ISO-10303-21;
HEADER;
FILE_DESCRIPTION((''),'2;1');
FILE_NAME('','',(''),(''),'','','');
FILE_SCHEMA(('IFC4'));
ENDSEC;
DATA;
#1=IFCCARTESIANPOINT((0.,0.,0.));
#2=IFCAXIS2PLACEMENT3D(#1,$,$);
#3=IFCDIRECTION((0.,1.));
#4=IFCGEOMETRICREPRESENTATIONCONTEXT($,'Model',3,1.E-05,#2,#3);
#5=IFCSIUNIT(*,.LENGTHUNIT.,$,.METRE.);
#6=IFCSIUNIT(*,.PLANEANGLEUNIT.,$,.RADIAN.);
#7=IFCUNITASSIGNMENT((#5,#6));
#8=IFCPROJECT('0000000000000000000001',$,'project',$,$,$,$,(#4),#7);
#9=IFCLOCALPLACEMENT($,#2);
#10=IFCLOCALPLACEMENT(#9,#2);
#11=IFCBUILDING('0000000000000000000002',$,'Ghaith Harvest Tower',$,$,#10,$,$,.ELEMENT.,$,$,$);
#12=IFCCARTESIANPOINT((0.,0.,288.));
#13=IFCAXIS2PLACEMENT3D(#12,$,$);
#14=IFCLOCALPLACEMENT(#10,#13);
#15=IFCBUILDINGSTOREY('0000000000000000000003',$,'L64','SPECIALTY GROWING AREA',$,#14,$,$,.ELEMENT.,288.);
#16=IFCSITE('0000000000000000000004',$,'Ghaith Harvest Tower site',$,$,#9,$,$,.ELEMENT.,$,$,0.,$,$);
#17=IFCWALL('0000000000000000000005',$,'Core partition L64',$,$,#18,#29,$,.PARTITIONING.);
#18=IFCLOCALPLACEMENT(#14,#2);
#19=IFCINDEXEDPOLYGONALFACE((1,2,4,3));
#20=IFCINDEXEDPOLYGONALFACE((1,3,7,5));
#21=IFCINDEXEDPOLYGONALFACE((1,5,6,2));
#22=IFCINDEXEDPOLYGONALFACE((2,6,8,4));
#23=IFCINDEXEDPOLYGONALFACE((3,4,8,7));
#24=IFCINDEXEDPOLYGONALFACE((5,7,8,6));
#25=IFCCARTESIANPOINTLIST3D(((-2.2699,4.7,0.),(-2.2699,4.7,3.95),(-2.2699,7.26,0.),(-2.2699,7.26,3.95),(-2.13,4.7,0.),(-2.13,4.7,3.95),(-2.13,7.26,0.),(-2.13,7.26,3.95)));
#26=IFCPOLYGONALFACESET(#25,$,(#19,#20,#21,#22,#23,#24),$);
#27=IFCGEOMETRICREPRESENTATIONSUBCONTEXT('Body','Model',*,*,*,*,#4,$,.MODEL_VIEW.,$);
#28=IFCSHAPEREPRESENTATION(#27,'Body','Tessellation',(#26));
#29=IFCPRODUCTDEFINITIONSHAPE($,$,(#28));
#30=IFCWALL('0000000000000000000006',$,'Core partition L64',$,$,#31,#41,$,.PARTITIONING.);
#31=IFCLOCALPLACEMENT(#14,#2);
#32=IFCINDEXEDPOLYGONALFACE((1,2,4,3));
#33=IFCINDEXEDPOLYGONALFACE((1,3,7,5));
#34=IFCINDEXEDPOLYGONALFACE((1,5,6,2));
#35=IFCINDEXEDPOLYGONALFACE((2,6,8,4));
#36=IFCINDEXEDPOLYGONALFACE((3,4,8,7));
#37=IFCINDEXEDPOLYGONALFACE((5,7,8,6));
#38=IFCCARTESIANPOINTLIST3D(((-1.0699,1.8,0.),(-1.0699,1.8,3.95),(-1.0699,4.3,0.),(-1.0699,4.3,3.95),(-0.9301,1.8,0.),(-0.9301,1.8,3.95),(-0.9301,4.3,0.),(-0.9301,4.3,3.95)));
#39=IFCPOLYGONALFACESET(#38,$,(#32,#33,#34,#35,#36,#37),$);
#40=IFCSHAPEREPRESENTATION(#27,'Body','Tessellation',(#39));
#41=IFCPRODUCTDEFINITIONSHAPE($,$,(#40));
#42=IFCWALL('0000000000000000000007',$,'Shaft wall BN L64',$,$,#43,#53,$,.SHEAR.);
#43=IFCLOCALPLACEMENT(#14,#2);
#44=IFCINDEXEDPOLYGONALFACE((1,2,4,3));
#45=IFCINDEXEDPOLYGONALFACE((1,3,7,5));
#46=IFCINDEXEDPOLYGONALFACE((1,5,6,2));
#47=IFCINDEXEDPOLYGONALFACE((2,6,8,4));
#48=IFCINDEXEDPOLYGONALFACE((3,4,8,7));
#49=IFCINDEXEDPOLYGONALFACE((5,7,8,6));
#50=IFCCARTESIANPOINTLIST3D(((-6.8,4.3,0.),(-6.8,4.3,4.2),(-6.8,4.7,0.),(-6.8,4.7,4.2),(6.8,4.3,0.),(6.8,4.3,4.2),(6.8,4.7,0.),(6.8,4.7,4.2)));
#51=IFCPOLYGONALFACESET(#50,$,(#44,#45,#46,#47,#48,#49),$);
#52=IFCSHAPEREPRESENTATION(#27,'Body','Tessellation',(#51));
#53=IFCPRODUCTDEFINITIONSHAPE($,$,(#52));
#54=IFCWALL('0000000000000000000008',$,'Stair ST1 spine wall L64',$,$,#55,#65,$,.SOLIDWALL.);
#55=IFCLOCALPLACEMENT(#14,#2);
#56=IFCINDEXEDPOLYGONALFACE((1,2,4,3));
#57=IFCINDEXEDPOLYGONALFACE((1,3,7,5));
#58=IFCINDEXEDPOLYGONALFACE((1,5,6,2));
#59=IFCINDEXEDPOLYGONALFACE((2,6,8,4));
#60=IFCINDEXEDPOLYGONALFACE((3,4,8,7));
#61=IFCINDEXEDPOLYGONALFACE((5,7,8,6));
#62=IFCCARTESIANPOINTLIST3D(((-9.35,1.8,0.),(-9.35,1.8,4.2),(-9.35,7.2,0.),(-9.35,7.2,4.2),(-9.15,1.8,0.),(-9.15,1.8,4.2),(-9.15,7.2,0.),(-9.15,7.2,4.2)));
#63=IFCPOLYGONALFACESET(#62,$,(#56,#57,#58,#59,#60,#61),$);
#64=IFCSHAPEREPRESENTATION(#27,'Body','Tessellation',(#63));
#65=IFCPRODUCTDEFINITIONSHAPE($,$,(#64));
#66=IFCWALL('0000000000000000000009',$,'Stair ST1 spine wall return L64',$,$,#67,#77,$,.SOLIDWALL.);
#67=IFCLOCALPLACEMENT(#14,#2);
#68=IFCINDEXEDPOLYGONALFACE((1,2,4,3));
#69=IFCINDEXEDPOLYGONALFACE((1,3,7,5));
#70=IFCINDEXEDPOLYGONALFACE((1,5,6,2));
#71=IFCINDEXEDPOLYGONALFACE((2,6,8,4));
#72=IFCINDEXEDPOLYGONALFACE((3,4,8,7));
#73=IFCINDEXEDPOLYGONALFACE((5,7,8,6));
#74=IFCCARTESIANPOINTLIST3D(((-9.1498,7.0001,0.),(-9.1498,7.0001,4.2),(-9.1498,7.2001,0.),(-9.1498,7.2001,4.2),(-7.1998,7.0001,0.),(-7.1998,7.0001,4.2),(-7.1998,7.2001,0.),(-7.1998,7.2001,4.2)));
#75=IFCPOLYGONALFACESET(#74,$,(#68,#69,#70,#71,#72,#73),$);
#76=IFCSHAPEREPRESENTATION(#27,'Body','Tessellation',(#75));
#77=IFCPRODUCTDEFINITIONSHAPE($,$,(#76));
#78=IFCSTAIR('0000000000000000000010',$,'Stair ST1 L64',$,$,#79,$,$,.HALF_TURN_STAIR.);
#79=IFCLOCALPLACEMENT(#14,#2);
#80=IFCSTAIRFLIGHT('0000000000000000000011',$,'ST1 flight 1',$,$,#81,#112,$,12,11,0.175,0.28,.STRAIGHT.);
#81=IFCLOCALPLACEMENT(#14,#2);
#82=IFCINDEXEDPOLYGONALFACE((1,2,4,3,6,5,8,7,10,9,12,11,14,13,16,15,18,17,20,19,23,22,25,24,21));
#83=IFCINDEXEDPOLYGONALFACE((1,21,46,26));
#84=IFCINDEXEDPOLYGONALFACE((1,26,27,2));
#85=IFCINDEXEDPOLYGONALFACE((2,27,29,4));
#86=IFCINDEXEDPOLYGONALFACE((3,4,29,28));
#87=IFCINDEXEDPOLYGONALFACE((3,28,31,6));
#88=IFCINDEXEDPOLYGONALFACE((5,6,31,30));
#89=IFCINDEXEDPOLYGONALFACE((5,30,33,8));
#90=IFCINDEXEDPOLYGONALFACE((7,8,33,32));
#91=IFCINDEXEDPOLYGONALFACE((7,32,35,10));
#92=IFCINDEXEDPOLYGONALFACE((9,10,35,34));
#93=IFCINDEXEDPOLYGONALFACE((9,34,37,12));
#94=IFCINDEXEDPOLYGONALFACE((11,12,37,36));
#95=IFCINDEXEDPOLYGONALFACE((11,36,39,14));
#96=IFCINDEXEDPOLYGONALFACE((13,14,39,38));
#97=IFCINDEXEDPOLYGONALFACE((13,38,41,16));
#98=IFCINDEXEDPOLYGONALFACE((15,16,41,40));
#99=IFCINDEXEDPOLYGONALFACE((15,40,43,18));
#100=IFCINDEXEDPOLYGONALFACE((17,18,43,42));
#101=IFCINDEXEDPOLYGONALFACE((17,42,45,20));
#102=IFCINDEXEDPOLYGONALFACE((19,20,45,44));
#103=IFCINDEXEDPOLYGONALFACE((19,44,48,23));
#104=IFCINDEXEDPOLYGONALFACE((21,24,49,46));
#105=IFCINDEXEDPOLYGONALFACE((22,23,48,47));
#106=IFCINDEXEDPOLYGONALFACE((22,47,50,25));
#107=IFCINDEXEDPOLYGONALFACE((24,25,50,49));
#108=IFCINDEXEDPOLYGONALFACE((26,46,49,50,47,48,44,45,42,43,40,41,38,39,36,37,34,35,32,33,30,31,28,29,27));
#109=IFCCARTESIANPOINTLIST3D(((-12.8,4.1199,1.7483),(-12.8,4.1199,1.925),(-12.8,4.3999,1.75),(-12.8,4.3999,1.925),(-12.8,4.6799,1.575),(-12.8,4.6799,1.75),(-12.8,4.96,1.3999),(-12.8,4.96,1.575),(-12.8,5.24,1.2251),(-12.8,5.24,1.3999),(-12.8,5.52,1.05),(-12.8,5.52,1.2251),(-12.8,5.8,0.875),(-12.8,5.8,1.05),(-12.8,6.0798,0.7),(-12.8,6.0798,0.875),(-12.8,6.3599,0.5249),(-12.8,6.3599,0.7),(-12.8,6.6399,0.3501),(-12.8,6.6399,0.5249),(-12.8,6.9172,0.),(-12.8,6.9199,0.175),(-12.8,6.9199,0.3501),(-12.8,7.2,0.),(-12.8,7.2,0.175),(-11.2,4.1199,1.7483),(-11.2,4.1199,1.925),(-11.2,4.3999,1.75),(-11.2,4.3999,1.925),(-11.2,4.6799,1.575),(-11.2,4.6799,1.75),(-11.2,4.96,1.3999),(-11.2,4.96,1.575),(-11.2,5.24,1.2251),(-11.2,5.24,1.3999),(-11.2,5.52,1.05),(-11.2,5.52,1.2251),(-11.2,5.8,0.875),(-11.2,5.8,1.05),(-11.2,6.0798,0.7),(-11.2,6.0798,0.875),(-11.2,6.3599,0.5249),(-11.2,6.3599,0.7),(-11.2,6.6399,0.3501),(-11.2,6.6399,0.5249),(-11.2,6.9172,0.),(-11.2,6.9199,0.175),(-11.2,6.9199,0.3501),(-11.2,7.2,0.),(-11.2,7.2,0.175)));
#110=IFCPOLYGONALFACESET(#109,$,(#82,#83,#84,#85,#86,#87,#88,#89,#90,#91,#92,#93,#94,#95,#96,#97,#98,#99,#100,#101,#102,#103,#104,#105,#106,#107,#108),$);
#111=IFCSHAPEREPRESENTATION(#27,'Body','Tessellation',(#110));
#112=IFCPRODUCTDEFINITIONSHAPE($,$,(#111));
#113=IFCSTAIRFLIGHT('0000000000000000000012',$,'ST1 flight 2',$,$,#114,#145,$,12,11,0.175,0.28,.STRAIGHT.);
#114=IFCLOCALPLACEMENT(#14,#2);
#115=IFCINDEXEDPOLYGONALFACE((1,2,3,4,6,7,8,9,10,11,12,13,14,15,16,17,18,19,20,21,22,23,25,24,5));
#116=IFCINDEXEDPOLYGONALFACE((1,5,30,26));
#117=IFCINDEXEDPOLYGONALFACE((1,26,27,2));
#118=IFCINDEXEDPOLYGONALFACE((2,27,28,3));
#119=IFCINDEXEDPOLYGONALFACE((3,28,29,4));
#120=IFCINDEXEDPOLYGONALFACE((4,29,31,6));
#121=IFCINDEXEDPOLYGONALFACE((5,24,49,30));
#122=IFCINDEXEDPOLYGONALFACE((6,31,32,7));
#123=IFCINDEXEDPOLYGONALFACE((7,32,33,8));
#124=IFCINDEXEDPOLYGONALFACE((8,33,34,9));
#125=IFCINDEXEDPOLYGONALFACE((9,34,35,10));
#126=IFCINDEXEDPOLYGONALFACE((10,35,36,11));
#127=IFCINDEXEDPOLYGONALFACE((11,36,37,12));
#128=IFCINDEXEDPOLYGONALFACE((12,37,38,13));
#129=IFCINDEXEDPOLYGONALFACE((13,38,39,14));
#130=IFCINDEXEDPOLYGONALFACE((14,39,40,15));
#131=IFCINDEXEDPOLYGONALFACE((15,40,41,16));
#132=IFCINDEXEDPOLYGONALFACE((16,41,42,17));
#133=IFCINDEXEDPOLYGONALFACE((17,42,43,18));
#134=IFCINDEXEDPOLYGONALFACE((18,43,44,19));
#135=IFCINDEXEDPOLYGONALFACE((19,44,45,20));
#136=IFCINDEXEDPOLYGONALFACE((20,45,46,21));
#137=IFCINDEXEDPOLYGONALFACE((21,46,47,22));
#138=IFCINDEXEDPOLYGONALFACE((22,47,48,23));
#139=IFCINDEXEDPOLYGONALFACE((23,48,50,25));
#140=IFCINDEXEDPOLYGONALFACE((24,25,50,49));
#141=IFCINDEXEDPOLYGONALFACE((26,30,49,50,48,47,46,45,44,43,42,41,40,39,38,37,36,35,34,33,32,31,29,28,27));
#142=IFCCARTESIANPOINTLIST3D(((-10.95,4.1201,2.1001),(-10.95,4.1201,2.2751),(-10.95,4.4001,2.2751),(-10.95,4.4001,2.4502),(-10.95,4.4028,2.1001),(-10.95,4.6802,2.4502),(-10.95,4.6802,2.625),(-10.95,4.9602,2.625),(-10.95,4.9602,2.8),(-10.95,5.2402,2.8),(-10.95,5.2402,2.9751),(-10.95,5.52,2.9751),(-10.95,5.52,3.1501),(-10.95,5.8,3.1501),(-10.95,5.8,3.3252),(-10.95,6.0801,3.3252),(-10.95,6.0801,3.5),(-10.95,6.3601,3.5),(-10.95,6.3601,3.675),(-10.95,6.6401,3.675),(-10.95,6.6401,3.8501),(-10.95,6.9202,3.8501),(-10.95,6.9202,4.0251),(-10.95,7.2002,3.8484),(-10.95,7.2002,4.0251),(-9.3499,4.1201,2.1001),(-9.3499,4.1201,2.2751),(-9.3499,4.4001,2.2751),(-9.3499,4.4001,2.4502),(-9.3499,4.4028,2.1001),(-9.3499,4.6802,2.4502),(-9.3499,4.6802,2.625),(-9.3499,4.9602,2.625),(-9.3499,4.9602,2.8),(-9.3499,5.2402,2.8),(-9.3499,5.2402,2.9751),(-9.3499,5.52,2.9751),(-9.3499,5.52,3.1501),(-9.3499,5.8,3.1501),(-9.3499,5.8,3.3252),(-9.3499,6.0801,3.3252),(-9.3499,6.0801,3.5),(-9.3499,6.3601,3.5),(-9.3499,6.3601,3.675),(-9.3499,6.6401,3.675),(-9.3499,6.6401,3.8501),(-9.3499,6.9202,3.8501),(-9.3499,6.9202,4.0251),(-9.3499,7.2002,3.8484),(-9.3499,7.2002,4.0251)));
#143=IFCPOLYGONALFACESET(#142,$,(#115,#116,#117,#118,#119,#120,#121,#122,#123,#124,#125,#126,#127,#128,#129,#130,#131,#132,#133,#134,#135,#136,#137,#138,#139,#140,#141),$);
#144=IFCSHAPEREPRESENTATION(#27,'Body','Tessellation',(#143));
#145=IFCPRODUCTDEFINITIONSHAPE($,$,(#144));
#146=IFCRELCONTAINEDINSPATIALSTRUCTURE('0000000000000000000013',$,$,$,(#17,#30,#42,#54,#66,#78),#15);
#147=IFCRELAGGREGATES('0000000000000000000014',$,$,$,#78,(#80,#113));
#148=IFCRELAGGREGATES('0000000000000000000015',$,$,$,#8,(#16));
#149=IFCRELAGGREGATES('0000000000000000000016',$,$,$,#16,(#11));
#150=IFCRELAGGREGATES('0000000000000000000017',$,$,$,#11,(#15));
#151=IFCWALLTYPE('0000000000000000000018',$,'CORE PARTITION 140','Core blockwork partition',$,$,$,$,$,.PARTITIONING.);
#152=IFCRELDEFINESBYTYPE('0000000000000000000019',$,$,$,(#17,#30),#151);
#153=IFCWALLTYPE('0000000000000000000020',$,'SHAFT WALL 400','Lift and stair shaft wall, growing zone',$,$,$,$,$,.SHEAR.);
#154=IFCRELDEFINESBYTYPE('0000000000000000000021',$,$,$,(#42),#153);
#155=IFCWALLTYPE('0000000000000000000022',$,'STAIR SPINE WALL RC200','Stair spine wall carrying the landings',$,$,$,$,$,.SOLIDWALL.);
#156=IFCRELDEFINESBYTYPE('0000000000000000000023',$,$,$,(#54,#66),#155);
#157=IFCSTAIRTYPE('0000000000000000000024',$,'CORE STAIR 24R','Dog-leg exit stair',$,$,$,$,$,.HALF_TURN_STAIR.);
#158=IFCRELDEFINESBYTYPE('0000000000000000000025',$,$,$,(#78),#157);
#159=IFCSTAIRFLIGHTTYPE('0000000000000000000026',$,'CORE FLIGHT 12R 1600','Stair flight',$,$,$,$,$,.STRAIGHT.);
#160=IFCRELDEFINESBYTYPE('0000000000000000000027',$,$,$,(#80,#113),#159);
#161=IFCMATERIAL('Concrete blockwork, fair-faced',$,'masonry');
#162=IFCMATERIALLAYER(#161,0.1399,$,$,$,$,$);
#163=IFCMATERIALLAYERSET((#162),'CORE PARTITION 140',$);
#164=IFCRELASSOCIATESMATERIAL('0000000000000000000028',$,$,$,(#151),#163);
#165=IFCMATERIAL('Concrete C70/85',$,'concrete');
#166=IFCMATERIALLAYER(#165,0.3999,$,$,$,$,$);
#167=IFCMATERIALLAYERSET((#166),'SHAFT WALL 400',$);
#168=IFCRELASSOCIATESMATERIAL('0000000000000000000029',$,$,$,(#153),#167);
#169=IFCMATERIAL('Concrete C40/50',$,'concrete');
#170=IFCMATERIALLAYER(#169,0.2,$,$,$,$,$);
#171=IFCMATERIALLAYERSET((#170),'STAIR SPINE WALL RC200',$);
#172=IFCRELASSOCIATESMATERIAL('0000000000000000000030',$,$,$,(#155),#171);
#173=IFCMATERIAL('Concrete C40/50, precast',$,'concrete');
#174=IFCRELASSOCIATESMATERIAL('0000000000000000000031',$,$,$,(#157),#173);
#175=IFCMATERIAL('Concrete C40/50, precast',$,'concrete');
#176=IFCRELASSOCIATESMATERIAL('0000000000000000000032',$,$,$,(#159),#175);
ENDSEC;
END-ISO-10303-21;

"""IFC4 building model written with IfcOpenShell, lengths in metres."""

from ifc_helpers import new_model, si_unit, direction, frame, frame_2d, origin, place, context, subcontext, project, spatial, polyline, rectangle, outline, extrude, material, layer, layer_set, type_object, element, aggregate, save


model = new_model("IFC4")

# Units and contexts
model_context = context("Model", 3, precision=1e-05, world=origin(), true_north=direction((0.0, 1.0)))
body_context = subcontext(model_context, "Body", "Model", "MODEL_VIEW")
ifc_project = project(units=[si_unit("LENGTHUNIT", "METRE"), si_unit("PLANEANGLEUNIT", "RADIAN")], contexts=[model_context])

# Site, building, storey
site_placement = place(None, origin())
site = spatial("IfcSite", under=ifc_project, at=site_placement, Name="Ghaith Harvest Tower site", CompositionType="ELEMENT", RefElevation=0.0)
building_placement = place(site_placement, origin())
building = spatial("IfcBuilding", under=site, at=building_placement, Name="Ghaith Harvest Tower", CompositionType="ELEMENT")
storey_placement = place(building_placement, frame((0.0, 0.0, 288.0)))
storey = spatial("IfcBuildingStorey", under=building, at=storey_placement, Name="L64", Description="SPECIALTY GROWING AREA", CompositionType="ELEMENT", Elevation=288.0)

# Shared definitions
ifc_material_1 = material(Name="Concrete blockwork, fair-faced", Category="masonry")
ifc_layer_1 = layer(ifc_material_1, 0.1399)
ifc_layer_set_1 = layer_set([ifc_layer_1], Name="CORE PARTITION 140")
wall_type_1 = type_object("IfcWallType", Name="CORE PARTITION 140", Description="Core blockwork partition", PredefinedType="PARTITIONING", material=ifc_layer_set_1)

# Walls
wall_1_placement = place(storey_placement, frame((-2.2, 4.7, 0.0), z_axis=(0.0, 0.0, 1.0), x_axis=(0.0, 1.0, 0.0)))
element("IfcWall", 1, at=wall_1_placement, inside=storey, type_object=wall_type_1, Name="Core partition L64", PredefinedType="PARTITIONING", context=body_context, shape_type="SweptSolid", body=[
    extrude(rectangle(XDim=2.5601, YDim=0.1399, at=frame_2d((1.28, 0.0))), origin(), (0.0, 0.0, 1.0), 3.95),
])
wall_2_placement = place(storey_placement, frame((-1.0, 1.8, 0.0), z_axis=(0.0, 0.0, 1.0), x_axis=(0.0, 1.0, 0.0)))
element("IfcWall", 2, at=wall_2_placement, inside=storey, type_object=wall_type_1, Name="Core partition L64", PredefinedType="PARTITIONING", context=body_context, shape_type="SweptSolid", body=[
    extrude(rectangle(XDim=2.5, YDim=0.1399, at=frame_2d((1.25, 0.0))), origin(), (0.0, 0.0, 1.0), 3.95),
])

# Shared definitions
ifc_material_2 = material(Name="Concrete C70/85", Category="concrete")
ifc_layer_2 = layer(ifc_material_2, 0.3999)
ifc_layer_set_2 = layer_set([ifc_layer_2], Name="SHAFT WALL 400")
wall_type_2 = type_object("IfcWallType", Name="SHAFT WALL 400", Description="Lift and stair shaft wall, growing zone", PredefinedType="SHEAR", material=ifc_layer_set_2)

# Walls
wall_3_placement = place(storey_placement, frame((-6.8, 4.5, 0.0), z_axis=(0.0, 0.0, 1.0), x_axis=(1.0, 0.0, 0.0)))
element("IfcWall", 3, at=wall_3_placement, inside=storey, type_object=wall_type_2, Name="Shaft wall BN L64", PredefinedType="SHEAR", context=body_context, shape_type="SweptSolid", body=[
    extrude(rectangle(XDim=13.6001, YDim=0.3999, at=frame_2d((6.8, 0.0))), origin(), (0.0, 0.0, 1.0), 4.2),
])
ifc_material_3 = material(Name="Concrete C40/50", Category="concrete")
ifc_layer_3 = layer(ifc_material_3, 0.2)
ifc_layer_set_3 = layer_set([ifc_layer_3], Name="STAIR SPINE WALL RC200")
wall_type_3 = type_object("IfcWallType", Name="STAIR SPINE WALL RC200", Description="Stair spine wall carrying the landings", PredefinedType="SOLIDWALL", material=ifc_layer_set_3)
wall_4_placement = place(storey_placement, frame((-9.25, 7.2, 0.0), z_axis=(0.0, 0.0, 1.0), x_axis=(0.0, -1.0, 0.0)))
element("IfcWall", 4, at=wall_4_placement, inside=storey, type_object=wall_type_3, Name="Stair ST1 spine wall L64", PredefinedType="SOLIDWALL", context=body_context, shape_type="SweptSolid", body=[
    extrude(rectangle(XDim=5.3999, YDim=0.2, at=frame_2d((2.7, 0.0))), origin(), (0.0, 0.0, 1.0), 4.2),
])
wall_5_placement = place(storey_placement, frame((-9.1499, 7.1001, 0.0), z_axis=(0.0, 0.0, 1.0), x_axis=(1.0, 0.0, 0.0)))
element("IfcWall", 5, at=wall_5_placement, inside=storey, type_object=wall_type_3, Name="Stair ST1 spine wall return L64", PredefinedType="SOLIDWALL", context=body_context, shape_type="SweptSolid", body=[
    extrude(rectangle(XDim=1.95, YDim=0.2, at=frame_2d((0.9751, 0.0))), origin(), (0.0, 0.0, 1.0), 4.2),
])

# Stair, stair flights
ifc_material_4 = material(Name="Concrete C40/50, precast", Category="concrete")
stair_type = type_object("IfcStairType", Name="CORE STAIR 24R", Description="Dog-leg exit stair", PredefinedType="HALF_TURN_STAIR", material=ifc_material_4)
stair_placement = place(storey_placement, origin())
stair = element("IfcStair", 6, at=stair_placement, inside=storey, type_object=stair_type, Name="Stair ST1 L64", PredefinedType="HALF_TURN_STAIR")
ifc_material_5 = material(Name="Concrete C40/50, precast", Category="concrete")
stair_flight_type = type_object("IfcStairFlightType", Name="CORE FLIGHT 12R 1600", Description="Stair flight", PredefinedType="STRAIGHT", material=ifc_material_5)
stair_flight_1_placement = place(storey_placement, frame((-12.0, 7.2, 0.0), z_axis=(0.0, 0.0, 1.0), x_axis=(0.0, -1.0, 0.0)))
stair_flight_1 = element("IfcStairFlight", 7, at=stair_flight_1_placement, type_object=stair_flight_type, Name="ST1 flight 1", NumberOfRisers=12, NumberOfTreads=11, PredefinedType="STRAIGHT", RiserHeight=0.175, TreadLength=0.28, context=body_context, shape_type="SweptSolid", body=[
    extrude(outline(polyline([(0.0, 0.0), (0.0, 0.175), (0.28, 0.175), (0.28, 0.3501), (0.5601, 0.3501), (0.5601, 0.5249), (0.8401, 0.5249), (0.8401, 0.7), (1.1201, 0.7), (1.1201, 0.875), (1.3999, 0.875), (1.3999, 1.05), (1.6799, 1.05), (1.6799, 1.2251), (1.96, 1.2251), (1.96, 1.3999), (2.24, 1.3999), (2.24, 1.575), (2.52, 1.575), (2.52, 1.75), (2.8, 1.75), (2.8, 1.925), (3.0801, 1.925), (3.0801, 2.1001), (3.0801, 1.7483), (0.2827, 0.0), (0.0, 0.0)])), frame((0.0, 0.8, 0.0), z_axis=(0.0, -1.0, 0.0), x_axis=(1.0, 0.0, 0.0)), (0.0, 0.0, 1.0), 1.6001),
])
stair_flight_2_placement = place(storey_placement, frame((-10.1499, 4.1201, 2.1001), z_axis=(0.0, 0.0, 1.0), x_axis=(0.0, 1.0, 0.0)))
stair_flight_2 = element("IfcStairFlight", 8, at=stair_flight_2_placement, type_object=stair_flight_type, Name="ST1 flight 2", NumberOfRisers=12, NumberOfTreads=11, PredefinedType="STRAIGHT", RiserHeight=0.175, TreadLength=0.28, context=body_context, shape_type="SweptSolid", body=[
    extrude(outline(polyline([(0.0, 0.0), (0.0, 0.175), (0.28, 0.175), (0.28, 0.3501), (0.5601, 0.3501), (0.5601, 0.5249), (0.8401, 0.5249), (0.8401, 0.7), (1.1201, 0.7), (1.1201, 0.875), (1.3999, 0.875), (1.3999, 1.05), (1.6799, 1.05), (1.6799, 1.2251), (1.96, 1.2251), (1.96, 1.3999), (2.24, 1.3999), (2.24, 1.575), (2.52, 1.575), (2.52, 1.75), (2.8, 1.75), (2.8, 1.925), (3.0801, 1.925), (3.0801, 2.1001), (3.0801, 1.7483), (0.2827, 0.0), (0.0, 0.0)])), frame((0.0, 0.8, 0.0), z_axis=(0.0, -1.0, 0.0), x_axis=(1.0, 0.0, 0.0)), (0.0, 0.0, 1.0), 1.6001),
])
aggregate(stair, [stair_flight_1, stair_flight_2])

save(model, "model.ifc")
